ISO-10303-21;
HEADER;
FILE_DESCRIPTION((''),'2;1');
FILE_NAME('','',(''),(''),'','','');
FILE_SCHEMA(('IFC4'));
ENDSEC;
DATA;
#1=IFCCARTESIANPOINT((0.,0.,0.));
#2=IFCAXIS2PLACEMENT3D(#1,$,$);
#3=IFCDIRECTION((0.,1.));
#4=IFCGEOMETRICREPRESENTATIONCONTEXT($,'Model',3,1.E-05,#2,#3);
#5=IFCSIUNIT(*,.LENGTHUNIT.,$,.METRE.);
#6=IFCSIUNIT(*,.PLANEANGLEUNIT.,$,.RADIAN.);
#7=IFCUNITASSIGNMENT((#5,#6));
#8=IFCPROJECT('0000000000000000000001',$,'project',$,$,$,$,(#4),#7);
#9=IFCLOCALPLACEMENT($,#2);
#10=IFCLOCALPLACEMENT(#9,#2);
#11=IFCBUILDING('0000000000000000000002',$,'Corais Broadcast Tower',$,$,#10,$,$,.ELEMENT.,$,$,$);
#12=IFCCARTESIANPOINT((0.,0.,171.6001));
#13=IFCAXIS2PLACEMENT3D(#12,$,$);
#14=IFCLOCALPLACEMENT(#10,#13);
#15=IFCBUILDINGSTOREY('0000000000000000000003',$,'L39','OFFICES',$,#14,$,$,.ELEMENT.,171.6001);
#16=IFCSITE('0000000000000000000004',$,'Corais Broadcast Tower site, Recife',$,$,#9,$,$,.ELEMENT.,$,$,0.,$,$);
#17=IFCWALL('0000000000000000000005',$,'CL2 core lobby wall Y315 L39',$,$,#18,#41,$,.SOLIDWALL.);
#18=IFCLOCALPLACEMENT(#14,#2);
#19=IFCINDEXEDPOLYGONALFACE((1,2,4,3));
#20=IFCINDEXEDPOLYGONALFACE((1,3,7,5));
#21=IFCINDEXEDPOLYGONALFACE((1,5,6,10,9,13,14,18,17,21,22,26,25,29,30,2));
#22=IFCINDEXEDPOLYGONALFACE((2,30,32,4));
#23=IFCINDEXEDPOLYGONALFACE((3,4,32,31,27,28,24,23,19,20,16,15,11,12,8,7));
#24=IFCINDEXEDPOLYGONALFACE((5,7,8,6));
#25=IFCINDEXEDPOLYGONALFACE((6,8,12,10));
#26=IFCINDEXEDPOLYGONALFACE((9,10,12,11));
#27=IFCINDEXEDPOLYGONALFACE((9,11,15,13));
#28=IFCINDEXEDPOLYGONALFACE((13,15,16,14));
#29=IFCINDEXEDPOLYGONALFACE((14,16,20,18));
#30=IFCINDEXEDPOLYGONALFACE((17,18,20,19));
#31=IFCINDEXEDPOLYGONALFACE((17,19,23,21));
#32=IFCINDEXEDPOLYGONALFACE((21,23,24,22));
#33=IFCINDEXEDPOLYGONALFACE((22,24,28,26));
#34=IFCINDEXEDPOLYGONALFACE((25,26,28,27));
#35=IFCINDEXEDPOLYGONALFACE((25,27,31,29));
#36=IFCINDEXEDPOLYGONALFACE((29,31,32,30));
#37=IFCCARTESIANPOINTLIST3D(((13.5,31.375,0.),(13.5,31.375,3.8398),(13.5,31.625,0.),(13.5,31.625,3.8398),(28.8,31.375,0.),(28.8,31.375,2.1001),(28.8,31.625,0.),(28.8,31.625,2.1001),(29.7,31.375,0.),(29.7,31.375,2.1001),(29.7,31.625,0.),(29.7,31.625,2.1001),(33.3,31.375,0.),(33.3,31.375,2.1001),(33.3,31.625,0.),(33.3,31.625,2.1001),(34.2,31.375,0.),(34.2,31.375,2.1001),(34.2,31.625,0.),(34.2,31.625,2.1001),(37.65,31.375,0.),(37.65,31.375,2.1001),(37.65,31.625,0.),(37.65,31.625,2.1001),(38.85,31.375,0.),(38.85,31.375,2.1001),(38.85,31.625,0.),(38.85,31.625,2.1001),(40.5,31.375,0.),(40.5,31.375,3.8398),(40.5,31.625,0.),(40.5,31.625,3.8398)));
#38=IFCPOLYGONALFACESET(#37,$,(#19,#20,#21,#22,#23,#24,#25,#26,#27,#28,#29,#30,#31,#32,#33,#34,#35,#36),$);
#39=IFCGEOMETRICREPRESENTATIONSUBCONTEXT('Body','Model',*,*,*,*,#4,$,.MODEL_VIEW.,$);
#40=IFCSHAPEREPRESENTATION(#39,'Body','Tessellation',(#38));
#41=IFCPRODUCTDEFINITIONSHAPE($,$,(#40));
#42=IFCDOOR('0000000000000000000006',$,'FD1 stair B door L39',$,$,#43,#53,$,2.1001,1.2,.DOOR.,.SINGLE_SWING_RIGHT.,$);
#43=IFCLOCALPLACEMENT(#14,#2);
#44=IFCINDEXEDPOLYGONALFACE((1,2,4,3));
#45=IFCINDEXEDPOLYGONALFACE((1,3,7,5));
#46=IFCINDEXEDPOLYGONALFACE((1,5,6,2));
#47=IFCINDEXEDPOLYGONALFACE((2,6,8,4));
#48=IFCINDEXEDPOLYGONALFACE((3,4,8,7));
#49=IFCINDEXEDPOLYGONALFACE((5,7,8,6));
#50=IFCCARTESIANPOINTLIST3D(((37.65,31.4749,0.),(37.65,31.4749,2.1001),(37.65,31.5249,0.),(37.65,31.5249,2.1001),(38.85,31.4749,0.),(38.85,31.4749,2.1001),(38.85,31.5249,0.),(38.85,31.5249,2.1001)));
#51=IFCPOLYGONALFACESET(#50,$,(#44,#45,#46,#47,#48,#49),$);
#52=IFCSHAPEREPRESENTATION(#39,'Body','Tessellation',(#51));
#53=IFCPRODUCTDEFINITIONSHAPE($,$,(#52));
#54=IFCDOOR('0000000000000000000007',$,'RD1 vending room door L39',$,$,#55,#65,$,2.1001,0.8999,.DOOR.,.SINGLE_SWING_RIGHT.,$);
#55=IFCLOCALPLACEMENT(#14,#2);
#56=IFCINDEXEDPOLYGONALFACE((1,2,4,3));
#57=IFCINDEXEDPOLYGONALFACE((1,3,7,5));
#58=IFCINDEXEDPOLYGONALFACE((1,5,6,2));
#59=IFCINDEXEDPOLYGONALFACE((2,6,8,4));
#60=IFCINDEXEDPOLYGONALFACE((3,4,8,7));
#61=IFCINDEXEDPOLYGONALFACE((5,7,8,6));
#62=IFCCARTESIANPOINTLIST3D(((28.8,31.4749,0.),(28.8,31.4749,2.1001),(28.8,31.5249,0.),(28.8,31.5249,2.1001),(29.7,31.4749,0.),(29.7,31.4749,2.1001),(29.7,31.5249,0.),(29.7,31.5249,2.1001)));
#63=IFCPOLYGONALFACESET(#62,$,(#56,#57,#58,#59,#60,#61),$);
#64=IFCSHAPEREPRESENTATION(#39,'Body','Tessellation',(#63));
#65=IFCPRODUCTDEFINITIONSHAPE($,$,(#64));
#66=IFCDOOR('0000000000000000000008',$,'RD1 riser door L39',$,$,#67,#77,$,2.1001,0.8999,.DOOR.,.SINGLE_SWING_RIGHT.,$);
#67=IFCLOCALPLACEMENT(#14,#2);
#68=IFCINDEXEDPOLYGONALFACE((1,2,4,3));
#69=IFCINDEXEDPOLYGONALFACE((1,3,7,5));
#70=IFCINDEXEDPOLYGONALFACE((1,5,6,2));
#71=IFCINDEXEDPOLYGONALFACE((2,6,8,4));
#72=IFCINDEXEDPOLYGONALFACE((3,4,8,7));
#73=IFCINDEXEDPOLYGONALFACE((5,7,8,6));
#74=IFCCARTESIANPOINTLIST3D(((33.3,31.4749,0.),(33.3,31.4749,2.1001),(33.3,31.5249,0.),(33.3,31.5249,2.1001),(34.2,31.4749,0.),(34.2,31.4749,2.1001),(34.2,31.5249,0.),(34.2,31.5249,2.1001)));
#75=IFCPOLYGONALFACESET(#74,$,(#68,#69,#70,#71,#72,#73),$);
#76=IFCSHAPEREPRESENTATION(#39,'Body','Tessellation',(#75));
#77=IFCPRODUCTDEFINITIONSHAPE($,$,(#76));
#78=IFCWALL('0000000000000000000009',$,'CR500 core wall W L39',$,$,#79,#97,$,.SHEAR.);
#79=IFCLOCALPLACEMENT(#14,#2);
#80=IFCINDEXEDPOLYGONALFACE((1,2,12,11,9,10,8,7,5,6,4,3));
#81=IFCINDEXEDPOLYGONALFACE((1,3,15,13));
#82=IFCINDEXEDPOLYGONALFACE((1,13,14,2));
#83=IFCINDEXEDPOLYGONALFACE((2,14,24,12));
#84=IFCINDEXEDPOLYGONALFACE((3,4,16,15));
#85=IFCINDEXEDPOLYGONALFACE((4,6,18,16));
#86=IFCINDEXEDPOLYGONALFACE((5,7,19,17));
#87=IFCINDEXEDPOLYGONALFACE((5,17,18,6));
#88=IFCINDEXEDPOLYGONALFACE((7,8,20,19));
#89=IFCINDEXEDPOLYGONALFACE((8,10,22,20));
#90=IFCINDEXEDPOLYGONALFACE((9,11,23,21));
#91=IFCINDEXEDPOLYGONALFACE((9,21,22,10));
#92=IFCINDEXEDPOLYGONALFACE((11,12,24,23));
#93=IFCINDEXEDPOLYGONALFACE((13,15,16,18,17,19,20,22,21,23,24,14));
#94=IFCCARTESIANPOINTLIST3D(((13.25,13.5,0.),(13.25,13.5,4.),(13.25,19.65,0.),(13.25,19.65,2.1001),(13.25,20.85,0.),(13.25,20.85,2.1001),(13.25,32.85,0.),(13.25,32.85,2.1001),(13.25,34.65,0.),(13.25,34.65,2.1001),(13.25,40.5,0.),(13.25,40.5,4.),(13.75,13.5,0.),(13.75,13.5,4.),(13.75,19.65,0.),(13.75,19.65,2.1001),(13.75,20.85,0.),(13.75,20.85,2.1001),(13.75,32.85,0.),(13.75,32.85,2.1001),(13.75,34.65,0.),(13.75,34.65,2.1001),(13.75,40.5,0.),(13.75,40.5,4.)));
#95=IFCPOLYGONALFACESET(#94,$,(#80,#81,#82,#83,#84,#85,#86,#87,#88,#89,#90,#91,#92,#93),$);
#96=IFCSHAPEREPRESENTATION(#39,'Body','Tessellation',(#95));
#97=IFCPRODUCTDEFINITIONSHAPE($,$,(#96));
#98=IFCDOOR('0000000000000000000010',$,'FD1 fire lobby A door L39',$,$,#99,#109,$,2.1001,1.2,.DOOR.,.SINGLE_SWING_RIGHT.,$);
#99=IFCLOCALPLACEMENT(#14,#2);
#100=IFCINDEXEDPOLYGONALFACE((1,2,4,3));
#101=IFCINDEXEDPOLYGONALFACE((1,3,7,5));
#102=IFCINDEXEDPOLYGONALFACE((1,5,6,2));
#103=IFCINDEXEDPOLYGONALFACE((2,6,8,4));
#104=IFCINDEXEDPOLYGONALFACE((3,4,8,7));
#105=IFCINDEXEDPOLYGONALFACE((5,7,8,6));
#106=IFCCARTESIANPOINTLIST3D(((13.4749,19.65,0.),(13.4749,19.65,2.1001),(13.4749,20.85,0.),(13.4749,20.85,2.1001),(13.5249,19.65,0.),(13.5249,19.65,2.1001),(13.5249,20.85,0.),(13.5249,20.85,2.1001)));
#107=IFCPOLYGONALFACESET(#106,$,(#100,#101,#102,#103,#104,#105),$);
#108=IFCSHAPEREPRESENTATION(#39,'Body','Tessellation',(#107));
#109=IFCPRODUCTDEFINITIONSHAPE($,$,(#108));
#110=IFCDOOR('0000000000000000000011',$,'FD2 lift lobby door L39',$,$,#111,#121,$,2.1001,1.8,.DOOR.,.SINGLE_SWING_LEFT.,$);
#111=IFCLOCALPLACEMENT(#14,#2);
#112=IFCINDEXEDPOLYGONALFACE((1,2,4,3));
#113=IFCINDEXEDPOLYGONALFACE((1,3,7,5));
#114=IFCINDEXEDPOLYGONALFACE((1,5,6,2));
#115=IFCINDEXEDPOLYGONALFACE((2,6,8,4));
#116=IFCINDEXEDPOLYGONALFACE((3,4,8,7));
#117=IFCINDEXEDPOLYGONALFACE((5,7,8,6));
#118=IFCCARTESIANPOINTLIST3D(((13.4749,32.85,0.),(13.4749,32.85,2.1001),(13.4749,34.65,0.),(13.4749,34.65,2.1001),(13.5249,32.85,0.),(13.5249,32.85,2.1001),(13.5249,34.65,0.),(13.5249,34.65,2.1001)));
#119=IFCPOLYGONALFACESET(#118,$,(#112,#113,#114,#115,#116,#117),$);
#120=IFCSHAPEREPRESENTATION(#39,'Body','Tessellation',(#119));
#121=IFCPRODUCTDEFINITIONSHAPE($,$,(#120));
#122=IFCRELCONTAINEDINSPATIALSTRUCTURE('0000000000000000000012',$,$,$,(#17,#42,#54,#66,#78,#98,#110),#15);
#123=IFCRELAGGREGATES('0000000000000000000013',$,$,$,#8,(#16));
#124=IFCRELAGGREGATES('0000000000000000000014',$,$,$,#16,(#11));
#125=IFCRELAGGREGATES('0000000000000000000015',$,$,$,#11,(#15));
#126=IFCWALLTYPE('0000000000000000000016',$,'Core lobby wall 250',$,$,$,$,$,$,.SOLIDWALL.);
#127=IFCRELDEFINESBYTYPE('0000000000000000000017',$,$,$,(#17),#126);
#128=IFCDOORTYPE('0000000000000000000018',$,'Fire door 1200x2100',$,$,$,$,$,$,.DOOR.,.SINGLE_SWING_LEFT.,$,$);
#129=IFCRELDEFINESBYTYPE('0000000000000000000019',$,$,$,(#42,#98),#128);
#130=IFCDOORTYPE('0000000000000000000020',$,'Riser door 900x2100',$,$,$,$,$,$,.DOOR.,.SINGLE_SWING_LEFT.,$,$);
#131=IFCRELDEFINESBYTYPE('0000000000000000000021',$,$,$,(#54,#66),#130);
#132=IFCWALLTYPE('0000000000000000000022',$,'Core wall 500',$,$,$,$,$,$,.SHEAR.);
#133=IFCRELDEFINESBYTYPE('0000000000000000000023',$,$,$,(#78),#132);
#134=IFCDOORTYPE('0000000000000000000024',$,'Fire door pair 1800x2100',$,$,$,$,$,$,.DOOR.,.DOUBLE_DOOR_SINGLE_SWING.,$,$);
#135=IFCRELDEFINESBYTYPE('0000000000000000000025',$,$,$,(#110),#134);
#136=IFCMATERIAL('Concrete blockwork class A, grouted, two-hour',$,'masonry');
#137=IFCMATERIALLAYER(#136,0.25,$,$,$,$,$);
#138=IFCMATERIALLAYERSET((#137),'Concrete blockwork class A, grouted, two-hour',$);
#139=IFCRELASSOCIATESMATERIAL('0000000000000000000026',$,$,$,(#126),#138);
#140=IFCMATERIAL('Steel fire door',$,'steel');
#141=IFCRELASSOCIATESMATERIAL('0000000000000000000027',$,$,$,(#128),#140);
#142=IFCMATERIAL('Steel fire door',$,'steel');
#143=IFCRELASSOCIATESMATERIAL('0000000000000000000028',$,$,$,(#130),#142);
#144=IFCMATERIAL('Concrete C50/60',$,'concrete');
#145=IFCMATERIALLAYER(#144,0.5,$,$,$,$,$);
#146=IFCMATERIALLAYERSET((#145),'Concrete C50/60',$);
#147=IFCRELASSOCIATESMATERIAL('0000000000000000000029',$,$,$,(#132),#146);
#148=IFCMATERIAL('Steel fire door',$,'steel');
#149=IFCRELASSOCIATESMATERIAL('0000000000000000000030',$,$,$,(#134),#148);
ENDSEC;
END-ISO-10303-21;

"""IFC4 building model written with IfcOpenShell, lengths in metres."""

from ifc_helpers import new_model, si_unit, direction, frame, frame_2d, origin, place, context, subcontext, project, spatial, rectangle, extrude, material, layer, layer_set, type_object, element, fill, save


model = new_model("IFC4")

# Units and contexts
model_context = context("Model", 3, precision=1e-05, world=origin(), true_north=direction((0.0, 1.0)))
body_context = subcontext(model_context, "Body", "Model", "MODEL_VIEW")
ifc_project = project(units=[si_unit("LENGTHUNIT", "METRE"), si_unit("PLANEANGLEUNIT", "RADIAN")], contexts=[model_context])

# Site, building, storey
site_placement = place(None, origin())
site = spatial("IfcSite", under=ifc_project, at=site_placement, Name="Corais Broadcast Tower site, Recife", CompositionType="ELEMENT", RefElevation=0.0)
building_placement = place(site_placement, origin())
building = spatial("IfcBuilding", under=site, at=building_placement, Name="Corais Broadcast Tower", CompositionType="ELEMENT")
storey_placement = place(building_placement, frame((0.0, 0.0, 171.6001)))
storey = spatial("IfcBuildingStorey", under=building, at=storey_placement, Name="L39", Description="OFFICES", CompositionType="ELEMENT", Elevation=171.6001)

# Walls, openings, doors
ifc_material_1 = material(Name="Concrete blockwork class A, grouted, two-hour", Category="masonry")
ifc_layer_1 = layer(ifc_material_1, 0.25)
ifc_layer_set_1 = layer_set([ifc_layer_1], Name="Concrete blockwork class A, grouted, two-hour")
wall_type_1 = type_object("IfcWallType", Name="Core lobby wall 250", PredefinedType="SOLIDWALL", material=ifc_layer_set_1)
wall_1_placement = place(storey_placement, frame((13.5, 31.5, 0.0), z_axis=(0.0, 0.0, 1.0), x_axis=(1.0, 0.0, 0.0)))
wall_1 = element("IfcWall", 1, at=wall_1_placement, inside=storey, type_object=wall_type_1, Name="CL2 core lobby wall Y315 L39", PredefinedType="SOLIDWALL", context=body_context, shape_type="SweptSolid", body=[
    extrude(rectangle(XDim=27.0, YDim=0.25, at=frame_2d((13.5, 0.0))), origin(), (0.0, 0.0, 1.0), 3.8398),
])
opening_1_placement = place(wall_1_placement, frame((24.1499, 0.0, 0.0)))
opening_1 = element("IfcOpeningElement", 2, at=opening_1_placement, cuts=wall_1, PredefinedType="OPENING", context=body_context, shape_type="SweptSolid", body=[
    extrude(rectangle(XDim=1.2, YDim=2.1001, at=frame_2d((0.6001, 1.05))), frame((0.0, 0.135, 0.0), z_axis=(0.0, -1.0, 0.0), x_axis=(1.0, 0.0, 0.0)), (0.0, 0.0, 1.0), 0.27),
])
opening_2_placement = place(wall_1_placement, frame((15.3, 0.0, 0.0)))
opening_2 = element("IfcOpeningElement", 3, at=opening_2_placement, cuts=wall_1, PredefinedType="OPENING", context=body_context, shape_type="SweptSolid", body=[
    extrude(rectangle(XDim=0.8999, YDim=2.1001, at=frame_2d((0.45, 1.05))), frame((0.0, 0.135, 0.0), z_axis=(0.0, -1.0, 0.0), x_axis=(1.0, 0.0, 0.0)), (0.0, 0.0, 1.0), 0.27),
])
opening_3_placement = place(wall_1_placement, frame((19.8, 0.0, 0.0)))
opening_3 = element("IfcOpeningElement", 4, at=opening_3_placement, cuts=wall_1, PredefinedType="OPENING", context=body_context, shape_type="SweptSolid", body=[
    extrude(rectangle(XDim=0.8999, YDim=2.1001, at=frame_2d((0.45, 1.05))), frame((0.0, 0.135, 0.0), z_axis=(0.0, -1.0, 0.0), x_axis=(1.0, 0.0, 0.0)), (0.0, 0.0, 1.0), 0.27),
])
ifc_material_2 = material(Name="Steel fire door", Category="steel")
door_type_1 = type_object("IfcDoorType", Name="Fire door 1200x2100", OperationType="SINGLE_SWING_LEFT", PredefinedType="DOOR", material=ifc_material_2)
door_1_placement = place(opening_1_placement, origin())
door_1 = element("IfcDoor", 5, at=door_1_placement, inside=storey, type_object=door_type_1, Name="FD1 stair B door L39", OperationType="SINGLE_SWING_RIGHT", OverallHeight=2.1001, OverallWidth=1.2, PredefinedType="DOOR", context=body_context, shape_type="SweptSolid", body=[
    extrude(rectangle(XDim=1.2, YDim=2.1001, at=frame_2d((0.6001, 1.05))), frame((0.0, 0.0249, 0.0), z_axis=(0.0, -1.0, 0.0), x_axis=(1.0, 0.0, 0.0)), (0.0, 0.0, 1.0), 0.05),
])
fill(opening_1, door_1)
ifc_material_3 = material(Name="Steel fire door", Category="steel")
door_type_2 = type_object("IfcDoorType", Name="Riser door 900x2100", OperationType="SINGLE_SWING_LEFT", PredefinedType="DOOR", material=ifc_material_3)
door_2_placement = place(opening_2_placement, origin())
door_2 = element("IfcDoor", 6, at=door_2_placement, inside=storey, type_object=door_type_2, Name="RD1 vending room door L39", OperationType="SINGLE_SWING_RIGHT", OverallHeight=2.1001, OverallWidth=0.8999, PredefinedType="DOOR", context=body_context, shape_type="SweptSolid", body=[
    extrude(rectangle(XDim=0.8999, YDim=2.1001, at=frame_2d((0.45, 1.05))), frame((0.0, 0.0249, 0.0), z_axis=(0.0, -1.0, 0.0), x_axis=(1.0, 0.0, 0.0)), (0.0, 0.0, 1.0), 0.05),
])
fill(opening_2, door_2)
door_3_placement = place(opening_3_placement, origin())
door_3 = element("IfcDoor", 7, at=door_3_placement, inside=storey, type_object=door_type_2, Name="RD1 riser door L39", OperationType="SINGLE_SWING_RIGHT", OverallHeight=2.1001, OverallWidth=0.8999, PredefinedType="DOOR", context=body_context, shape_type="SweptSolid", body=[
    extrude(rectangle(XDim=0.8999, YDim=2.1001, at=frame_2d((0.45, 1.05))), frame((0.0, 0.0249, 0.0), z_axis=(0.0, -1.0, 0.0), x_axis=(1.0, 0.0, 0.0)), (0.0, 0.0, 1.0), 0.05),
])
fill(opening_3, door_3)
ifc_material_4 = material(Name="Concrete C50/60", Category="concrete")
ifc_layer_2 = layer(ifc_material_4, 0.5)
ifc_layer_set_2 = layer_set([ifc_layer_2], Name="Concrete C50/60")
wall_type_2 = type_object("IfcWallType", Name="Core wall 500", PredefinedType="SHEAR", material=ifc_layer_set_2)
wall_2_placement = place(storey_placement, frame((13.5, 40.5, 0.0), z_axis=(0.0, 0.0, 1.0), x_axis=(0.0, -1.0, 0.0)))
wall_2 = element("IfcWall", 8, at=wall_2_placement, inside=storey, type_object=wall_type_2, Name="CR500 core wall W L39", PredefinedType="SHEAR", context=body_context, shape_type="SweptSolid", body=[
    extrude(rectangle(XDim=27.0, YDim=0.5, at=frame_2d((13.5, 0.0))), origin(), (0.0, 0.0, 1.0), 4.0),
])
opening_4_placement = place(wall_2_placement, frame((19.6499, 0.0, 0.0)))
opening_4 = element("IfcOpeningElement", 9, at=opening_4_placement, cuts=wall_2, PredefinedType="OPENING", context=body_context, shape_type="SweptSolid", body=[
    extrude(rectangle(XDim=1.2, YDim=2.1001, at=frame_2d((0.6001, 1.05))), frame((0.0, 0.26, 0.0), z_axis=(0.0, -1.0, 0.0), x_axis=(1.0, 0.0, 0.0)), (0.0, 0.0, 1.0), 0.52),
])
opening_5_placement = place(wall_2_placement, frame((5.8501, 0.0, 0.0)))
opening_5 = element("IfcOpeningElement", 10, at=opening_5_placement, cuts=wall_2, PredefinedType="OPENING", context=body_context, shape_type="SweptSolid", body=[
    extrude(rectangle(XDim=1.8, YDim=2.1001, at=frame_2d((0.8999, 1.05))), frame((0.0, 0.26, 0.0), z_axis=(0.0, -1.0, 0.0), x_axis=(1.0, 0.0, 0.0)), (0.0, 0.0, 1.0), 0.52),
])
door_4_placement = place(opening_4_placement, origin())
door_4 = element("IfcDoor", 11, at=door_4_placement, inside=storey, type_object=door_type_1, Name="FD1 fire lobby A door L39", OperationType="SINGLE_SWING_RIGHT", OverallHeight=2.1001, OverallWidth=1.2, PredefinedType="DOOR", context=body_context, shape_type="SweptSolid", body=[
    extrude(rectangle(XDim=1.2, YDim=2.1001, at=frame_2d((0.6001, 1.05))), frame((0.0, 0.0249, 0.0), z_axis=(0.0, -1.0, 0.0), x_axis=(1.0, 0.0, 0.0)), (0.0, 0.0, 1.0), 0.05),
])
fill(opening_4, door_4)
ifc_material_5 = material(Name="Steel fire door", Category="steel")
door_type_3 = type_object("IfcDoorType", Name="Fire door pair 1800x2100", OperationType="DOUBLE_DOOR_SINGLE_SWING", PredefinedType="DOOR", material=ifc_material_5)
door_5_placement = place(opening_5_placement, origin())
door_5 = element("IfcDoor", 12, at=door_5_placement, inside=storey, type_object=door_type_3, Name="FD2 lift lobby door L39", OperationType="SINGLE_SWING_LEFT", OverallHeight=2.1001, OverallWidth=1.8, PredefinedType="DOOR", context=body_context, shape_type="SweptSolid", body=[
    extrude(rectangle(XDim=1.8, YDim=2.1001, at=frame_2d((0.8999, 1.05))), frame((0.0, 0.0249, 0.0), z_axis=(0.0, -1.0, 0.0), x_axis=(1.0, 0.0, 0.0)), (0.0, 0.0, 1.0), 0.05),
])
fill(opening_5, door_5)

save(model, "model.ifc")
